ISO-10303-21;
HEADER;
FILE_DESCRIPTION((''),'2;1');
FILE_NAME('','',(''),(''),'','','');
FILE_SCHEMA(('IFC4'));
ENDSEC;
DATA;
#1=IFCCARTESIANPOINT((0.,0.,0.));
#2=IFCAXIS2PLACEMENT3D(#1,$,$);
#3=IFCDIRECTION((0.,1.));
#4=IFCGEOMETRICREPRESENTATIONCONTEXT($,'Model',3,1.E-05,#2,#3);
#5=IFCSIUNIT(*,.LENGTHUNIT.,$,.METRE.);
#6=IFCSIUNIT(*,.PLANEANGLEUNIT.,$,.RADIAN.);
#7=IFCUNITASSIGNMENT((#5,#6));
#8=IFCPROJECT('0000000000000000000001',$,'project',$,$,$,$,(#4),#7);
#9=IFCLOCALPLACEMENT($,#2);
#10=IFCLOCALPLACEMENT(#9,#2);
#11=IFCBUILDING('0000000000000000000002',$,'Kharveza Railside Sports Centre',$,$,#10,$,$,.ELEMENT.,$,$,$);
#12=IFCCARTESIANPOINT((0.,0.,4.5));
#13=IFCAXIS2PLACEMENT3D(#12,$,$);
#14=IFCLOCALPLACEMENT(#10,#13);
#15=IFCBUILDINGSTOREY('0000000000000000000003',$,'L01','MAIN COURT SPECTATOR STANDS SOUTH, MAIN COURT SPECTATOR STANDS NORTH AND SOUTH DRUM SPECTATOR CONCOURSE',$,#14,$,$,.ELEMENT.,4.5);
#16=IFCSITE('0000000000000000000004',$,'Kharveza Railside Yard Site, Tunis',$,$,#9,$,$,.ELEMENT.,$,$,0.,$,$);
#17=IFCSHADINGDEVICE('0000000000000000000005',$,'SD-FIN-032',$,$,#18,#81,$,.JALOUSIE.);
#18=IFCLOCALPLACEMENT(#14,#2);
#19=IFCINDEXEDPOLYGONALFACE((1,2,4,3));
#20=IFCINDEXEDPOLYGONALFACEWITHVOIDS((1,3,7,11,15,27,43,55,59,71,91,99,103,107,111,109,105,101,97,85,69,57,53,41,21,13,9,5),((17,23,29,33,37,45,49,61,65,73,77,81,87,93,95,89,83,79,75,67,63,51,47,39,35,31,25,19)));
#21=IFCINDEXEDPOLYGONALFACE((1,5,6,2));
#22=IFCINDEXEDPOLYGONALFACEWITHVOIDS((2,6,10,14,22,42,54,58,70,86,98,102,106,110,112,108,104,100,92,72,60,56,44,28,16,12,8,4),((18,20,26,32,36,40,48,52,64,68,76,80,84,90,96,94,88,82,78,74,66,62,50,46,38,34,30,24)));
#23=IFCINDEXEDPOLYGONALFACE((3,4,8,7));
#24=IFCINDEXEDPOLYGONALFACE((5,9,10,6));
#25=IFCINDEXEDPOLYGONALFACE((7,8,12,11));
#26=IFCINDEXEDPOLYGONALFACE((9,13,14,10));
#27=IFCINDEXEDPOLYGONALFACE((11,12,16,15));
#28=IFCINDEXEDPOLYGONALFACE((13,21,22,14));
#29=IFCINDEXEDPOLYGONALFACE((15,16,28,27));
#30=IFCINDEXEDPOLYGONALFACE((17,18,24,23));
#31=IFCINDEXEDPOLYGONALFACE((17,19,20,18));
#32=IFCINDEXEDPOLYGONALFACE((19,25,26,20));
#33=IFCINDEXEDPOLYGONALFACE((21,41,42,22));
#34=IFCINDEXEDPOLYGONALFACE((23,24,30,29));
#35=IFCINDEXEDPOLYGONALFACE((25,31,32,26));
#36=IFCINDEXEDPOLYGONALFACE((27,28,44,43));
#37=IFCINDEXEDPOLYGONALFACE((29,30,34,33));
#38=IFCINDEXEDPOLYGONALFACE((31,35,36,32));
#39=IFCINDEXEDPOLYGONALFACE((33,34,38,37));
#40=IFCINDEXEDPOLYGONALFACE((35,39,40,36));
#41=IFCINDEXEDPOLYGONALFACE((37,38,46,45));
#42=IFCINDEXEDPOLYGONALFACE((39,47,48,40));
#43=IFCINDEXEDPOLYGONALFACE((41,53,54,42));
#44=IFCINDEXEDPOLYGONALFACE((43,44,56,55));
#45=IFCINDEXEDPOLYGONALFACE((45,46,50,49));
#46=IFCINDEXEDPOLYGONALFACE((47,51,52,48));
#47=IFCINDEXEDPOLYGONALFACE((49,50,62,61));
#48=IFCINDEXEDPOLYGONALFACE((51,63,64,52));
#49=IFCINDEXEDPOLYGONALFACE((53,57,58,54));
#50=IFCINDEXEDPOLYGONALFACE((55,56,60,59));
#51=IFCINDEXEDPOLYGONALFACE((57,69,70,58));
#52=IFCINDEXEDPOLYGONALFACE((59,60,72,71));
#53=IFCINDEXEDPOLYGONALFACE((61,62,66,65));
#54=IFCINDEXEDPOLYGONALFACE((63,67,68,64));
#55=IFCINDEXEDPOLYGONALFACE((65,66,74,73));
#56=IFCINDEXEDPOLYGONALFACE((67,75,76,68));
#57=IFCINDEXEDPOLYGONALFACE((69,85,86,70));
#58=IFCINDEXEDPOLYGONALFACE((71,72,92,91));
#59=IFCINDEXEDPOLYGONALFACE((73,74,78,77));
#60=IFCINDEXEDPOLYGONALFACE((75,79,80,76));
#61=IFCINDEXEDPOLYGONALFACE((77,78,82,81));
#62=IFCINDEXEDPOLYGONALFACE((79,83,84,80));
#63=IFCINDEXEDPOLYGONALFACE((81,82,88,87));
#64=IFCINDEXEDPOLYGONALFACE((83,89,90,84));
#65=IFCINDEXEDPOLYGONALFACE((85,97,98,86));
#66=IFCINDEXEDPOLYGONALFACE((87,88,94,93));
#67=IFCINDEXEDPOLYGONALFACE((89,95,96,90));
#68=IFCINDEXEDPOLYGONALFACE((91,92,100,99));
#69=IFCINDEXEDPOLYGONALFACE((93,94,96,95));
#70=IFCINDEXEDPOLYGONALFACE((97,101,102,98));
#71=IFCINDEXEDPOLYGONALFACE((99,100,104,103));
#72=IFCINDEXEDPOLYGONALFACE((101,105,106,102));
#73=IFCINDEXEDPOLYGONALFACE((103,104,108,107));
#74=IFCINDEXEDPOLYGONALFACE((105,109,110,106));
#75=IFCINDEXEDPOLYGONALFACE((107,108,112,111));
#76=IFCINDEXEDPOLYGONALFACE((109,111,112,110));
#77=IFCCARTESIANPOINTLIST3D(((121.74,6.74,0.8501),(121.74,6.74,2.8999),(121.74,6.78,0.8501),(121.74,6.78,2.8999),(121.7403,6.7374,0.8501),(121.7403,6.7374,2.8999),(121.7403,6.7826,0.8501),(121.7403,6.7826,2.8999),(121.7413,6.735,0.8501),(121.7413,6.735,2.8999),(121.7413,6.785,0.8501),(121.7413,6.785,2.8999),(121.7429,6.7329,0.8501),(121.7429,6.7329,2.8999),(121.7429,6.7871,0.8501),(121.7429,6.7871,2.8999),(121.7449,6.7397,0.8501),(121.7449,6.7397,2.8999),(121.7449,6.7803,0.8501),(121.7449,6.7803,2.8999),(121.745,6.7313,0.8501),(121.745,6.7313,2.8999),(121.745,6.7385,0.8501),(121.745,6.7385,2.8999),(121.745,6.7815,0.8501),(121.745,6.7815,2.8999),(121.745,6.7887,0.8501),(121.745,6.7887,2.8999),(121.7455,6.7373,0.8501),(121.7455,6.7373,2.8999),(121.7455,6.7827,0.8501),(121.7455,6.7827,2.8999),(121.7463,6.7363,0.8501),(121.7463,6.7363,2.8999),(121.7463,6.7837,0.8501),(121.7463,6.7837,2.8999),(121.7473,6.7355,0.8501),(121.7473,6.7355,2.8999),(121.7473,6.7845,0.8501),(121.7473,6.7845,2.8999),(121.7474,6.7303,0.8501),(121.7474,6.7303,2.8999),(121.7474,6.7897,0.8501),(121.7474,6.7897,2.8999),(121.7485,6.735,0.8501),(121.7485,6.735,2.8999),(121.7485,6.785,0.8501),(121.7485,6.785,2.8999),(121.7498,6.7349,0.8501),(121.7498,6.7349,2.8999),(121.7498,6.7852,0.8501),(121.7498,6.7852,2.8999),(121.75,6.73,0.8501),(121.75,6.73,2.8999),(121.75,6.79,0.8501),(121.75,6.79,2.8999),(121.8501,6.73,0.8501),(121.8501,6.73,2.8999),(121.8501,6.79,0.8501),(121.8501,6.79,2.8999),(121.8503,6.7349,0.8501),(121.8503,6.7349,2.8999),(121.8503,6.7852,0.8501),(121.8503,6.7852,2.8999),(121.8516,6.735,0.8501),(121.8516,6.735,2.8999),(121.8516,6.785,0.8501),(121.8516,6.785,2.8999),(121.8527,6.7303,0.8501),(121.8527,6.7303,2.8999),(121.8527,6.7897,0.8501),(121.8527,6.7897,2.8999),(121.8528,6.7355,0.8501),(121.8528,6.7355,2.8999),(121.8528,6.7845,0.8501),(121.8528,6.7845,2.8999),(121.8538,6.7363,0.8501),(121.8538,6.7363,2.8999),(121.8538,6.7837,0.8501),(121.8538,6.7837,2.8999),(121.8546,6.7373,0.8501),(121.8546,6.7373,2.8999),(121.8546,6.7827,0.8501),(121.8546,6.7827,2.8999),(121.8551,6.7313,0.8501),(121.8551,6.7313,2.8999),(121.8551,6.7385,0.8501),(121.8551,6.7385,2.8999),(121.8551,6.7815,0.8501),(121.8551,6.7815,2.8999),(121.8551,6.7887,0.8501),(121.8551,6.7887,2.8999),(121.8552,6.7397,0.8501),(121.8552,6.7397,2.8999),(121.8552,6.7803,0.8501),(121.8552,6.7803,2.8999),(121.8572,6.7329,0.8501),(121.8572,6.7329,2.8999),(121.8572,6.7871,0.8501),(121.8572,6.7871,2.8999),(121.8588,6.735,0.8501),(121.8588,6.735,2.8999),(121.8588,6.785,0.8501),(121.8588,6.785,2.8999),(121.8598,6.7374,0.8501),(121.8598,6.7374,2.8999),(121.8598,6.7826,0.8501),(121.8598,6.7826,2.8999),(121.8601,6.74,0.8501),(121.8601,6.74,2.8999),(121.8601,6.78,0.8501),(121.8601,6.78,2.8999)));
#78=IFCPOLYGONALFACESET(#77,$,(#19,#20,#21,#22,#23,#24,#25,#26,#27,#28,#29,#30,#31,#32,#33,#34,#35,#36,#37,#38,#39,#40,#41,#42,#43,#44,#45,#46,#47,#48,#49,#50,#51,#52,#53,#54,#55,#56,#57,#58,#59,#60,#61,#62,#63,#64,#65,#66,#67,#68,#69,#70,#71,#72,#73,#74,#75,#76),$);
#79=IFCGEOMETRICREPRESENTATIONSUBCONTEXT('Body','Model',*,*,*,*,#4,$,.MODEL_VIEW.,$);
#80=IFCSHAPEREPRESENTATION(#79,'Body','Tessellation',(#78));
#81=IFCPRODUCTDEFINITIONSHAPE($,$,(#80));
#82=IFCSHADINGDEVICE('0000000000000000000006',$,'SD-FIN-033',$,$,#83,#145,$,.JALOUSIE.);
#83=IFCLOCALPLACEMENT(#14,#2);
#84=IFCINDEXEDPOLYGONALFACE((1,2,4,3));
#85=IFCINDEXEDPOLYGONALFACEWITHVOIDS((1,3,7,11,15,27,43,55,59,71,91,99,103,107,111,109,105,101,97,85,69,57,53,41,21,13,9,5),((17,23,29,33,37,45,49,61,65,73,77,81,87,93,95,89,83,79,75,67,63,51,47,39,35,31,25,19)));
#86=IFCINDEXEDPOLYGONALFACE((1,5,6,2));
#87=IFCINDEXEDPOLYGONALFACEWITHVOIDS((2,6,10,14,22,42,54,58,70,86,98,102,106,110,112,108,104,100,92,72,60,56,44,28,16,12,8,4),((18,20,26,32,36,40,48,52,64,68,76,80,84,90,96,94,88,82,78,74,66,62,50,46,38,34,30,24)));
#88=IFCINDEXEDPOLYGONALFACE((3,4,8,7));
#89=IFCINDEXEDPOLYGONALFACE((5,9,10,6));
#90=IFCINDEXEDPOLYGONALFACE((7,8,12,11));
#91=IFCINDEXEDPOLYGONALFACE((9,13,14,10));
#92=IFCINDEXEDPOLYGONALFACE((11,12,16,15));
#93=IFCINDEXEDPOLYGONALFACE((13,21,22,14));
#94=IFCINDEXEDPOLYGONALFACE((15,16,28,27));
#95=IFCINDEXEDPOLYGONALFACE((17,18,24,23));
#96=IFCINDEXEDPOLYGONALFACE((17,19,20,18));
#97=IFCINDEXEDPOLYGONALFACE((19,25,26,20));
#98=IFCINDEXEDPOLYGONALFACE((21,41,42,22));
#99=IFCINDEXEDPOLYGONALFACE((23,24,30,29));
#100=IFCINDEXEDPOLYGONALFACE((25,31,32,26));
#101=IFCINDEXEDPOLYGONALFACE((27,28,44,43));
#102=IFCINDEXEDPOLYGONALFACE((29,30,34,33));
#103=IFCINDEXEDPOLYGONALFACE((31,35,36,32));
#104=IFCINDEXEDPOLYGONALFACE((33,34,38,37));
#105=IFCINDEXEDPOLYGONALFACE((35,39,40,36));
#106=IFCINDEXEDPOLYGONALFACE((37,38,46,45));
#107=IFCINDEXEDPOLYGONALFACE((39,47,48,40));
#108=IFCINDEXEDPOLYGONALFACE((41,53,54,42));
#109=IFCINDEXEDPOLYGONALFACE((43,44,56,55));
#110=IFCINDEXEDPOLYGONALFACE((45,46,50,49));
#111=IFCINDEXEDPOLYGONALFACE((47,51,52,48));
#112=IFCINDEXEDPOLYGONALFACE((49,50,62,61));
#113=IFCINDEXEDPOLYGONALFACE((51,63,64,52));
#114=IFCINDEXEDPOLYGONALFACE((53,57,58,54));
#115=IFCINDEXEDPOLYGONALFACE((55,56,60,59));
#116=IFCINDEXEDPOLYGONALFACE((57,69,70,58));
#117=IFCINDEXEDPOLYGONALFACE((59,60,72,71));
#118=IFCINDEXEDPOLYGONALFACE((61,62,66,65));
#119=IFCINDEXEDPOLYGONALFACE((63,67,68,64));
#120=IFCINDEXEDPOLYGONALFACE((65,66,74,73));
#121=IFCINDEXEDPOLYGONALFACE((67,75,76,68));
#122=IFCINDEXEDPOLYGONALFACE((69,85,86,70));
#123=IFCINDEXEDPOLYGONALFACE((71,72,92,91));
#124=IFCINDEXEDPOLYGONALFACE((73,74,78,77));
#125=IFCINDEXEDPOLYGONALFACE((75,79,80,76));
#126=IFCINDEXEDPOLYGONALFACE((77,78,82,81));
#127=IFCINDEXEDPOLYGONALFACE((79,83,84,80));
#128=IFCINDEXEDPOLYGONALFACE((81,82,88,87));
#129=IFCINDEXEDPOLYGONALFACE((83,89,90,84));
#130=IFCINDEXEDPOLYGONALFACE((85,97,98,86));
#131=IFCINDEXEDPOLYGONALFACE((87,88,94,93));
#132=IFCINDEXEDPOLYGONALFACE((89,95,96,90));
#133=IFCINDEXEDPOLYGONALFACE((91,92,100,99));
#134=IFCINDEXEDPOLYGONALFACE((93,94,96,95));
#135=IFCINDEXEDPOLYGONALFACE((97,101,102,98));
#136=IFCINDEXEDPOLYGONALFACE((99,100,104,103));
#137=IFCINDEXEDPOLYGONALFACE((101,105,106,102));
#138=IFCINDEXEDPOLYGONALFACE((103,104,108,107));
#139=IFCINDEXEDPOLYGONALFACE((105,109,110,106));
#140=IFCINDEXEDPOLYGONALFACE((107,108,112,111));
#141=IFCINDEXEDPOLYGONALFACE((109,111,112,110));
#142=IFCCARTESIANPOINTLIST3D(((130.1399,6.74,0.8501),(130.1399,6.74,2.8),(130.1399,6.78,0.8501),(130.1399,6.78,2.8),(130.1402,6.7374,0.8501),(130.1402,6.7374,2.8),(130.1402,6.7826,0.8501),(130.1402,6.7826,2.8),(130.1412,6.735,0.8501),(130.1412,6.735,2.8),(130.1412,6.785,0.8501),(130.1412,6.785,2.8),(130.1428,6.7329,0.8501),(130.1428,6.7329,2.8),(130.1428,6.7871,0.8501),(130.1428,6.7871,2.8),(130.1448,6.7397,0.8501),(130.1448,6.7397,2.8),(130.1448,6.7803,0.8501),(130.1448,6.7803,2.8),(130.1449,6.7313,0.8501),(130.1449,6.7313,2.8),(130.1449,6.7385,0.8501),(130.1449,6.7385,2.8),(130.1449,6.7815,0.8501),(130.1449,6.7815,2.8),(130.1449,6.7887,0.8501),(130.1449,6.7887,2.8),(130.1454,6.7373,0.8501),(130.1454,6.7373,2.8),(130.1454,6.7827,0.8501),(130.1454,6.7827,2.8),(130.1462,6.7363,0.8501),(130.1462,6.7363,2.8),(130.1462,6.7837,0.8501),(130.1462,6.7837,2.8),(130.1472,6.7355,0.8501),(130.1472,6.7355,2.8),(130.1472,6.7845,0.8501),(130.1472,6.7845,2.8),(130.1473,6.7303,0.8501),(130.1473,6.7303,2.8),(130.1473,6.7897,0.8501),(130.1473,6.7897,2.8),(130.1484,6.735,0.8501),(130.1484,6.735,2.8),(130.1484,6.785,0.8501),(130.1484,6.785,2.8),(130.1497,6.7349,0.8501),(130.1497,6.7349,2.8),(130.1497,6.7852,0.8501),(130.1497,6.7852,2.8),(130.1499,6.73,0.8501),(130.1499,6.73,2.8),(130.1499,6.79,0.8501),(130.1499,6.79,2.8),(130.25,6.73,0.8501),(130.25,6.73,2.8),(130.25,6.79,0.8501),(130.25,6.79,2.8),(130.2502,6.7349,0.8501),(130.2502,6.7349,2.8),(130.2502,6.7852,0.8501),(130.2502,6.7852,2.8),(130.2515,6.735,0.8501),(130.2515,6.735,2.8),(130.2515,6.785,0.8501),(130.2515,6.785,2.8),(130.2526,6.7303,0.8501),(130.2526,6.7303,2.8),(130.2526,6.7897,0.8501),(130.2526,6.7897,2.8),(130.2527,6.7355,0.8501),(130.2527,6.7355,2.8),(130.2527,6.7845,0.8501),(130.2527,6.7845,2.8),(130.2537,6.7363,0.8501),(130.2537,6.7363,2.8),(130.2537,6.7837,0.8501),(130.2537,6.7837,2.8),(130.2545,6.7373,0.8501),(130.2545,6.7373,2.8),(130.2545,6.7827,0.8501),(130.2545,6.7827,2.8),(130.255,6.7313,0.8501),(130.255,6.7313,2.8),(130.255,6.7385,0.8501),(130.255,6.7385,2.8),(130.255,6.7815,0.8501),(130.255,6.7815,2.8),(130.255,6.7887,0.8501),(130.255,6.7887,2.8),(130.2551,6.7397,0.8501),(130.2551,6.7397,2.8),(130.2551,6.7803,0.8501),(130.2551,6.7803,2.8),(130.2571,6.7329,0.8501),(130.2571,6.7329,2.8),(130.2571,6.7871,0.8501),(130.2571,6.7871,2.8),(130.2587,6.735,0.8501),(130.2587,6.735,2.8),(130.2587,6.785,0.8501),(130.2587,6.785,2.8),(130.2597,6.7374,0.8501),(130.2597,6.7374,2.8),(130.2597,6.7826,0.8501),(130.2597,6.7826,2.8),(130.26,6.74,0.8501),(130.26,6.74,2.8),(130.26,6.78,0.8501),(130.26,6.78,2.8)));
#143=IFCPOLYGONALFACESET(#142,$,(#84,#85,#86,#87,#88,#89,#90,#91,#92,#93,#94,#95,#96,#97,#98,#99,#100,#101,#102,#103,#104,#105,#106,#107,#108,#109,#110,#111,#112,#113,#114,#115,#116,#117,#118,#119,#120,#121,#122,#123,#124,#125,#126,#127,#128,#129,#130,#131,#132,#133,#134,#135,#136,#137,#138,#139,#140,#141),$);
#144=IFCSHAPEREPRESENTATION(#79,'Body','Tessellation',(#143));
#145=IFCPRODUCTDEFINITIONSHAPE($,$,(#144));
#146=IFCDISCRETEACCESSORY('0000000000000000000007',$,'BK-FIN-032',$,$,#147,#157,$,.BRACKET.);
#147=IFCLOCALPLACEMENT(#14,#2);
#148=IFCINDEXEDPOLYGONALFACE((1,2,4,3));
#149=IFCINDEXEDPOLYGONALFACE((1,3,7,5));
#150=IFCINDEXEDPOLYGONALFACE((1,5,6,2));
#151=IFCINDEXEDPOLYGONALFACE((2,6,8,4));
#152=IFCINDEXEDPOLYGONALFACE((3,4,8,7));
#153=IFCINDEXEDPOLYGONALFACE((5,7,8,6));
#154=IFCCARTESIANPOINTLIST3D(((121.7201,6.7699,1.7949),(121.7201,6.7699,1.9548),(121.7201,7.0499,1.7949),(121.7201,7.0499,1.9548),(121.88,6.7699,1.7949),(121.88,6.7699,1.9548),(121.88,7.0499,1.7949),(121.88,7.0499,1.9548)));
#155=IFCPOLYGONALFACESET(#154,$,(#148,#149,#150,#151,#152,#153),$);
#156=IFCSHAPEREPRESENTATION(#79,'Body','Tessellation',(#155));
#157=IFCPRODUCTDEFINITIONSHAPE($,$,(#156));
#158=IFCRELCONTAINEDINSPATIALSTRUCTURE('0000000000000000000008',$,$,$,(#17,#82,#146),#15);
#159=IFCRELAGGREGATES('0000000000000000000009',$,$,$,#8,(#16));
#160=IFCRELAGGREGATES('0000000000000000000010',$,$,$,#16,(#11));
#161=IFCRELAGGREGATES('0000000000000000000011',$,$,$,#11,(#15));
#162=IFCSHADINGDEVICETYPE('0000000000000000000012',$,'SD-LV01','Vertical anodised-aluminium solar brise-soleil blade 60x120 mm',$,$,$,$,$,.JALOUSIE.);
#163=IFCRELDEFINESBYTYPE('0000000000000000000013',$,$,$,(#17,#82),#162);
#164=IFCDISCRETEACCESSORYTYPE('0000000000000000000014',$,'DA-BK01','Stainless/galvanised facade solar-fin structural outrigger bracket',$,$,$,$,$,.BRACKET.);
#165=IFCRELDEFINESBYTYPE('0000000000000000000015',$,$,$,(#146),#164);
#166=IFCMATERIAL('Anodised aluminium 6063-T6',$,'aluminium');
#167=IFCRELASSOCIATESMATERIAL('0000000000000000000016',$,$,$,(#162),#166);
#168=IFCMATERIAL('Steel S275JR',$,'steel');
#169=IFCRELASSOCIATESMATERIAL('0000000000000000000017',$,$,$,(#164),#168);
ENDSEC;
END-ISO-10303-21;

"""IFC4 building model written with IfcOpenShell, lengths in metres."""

from ifc_helpers import new_model, si_unit, direction, frame, origin, origin_2d, place, context, subcontext, project, spatial, rectangle, hollow_rectangle, extrude, material, material_profile, profile_set, type_object, element, save


model = new_model("IFC4")

# Units and contexts
model_context = context("Model", 3, precision=1e-05, world=origin(), true_north=direction((0.0, 1.0)))
body_context = subcontext(model_context, "Body", "Model", "MODEL_VIEW")
ifc_project = project(units=[si_unit("LENGTHUNIT", "METRE"), si_unit("PLANEANGLEUNIT", "RADIAN")], contexts=[model_context])

# Site, building, storey
site_placement = place(None, origin())
site = spatial("IfcSite", under=ifc_project, at=site_placement, Name="Kharveza Railside Yard Site, Tunis", CompositionType="ELEMENT", RefElevation=0.0)
building_placement = place(site_placement, origin())
building = spatial("IfcBuilding", under=site, at=building_placement, Name="Kharveza Railside Sports Centre", CompositionType="ELEMENT")
storey_placement = place(building_placement, frame((0.0, 0.0, 4.5)))
storey = spatial("IfcBuildingStorey", under=building, at=storey_placement, Name="L01", Description="MAIN COURT SPECTATOR STANDS SOUTH, MAIN COURT SPECTATOR STANDS NORTH AND SOUTH DRUM SPECTATOR CONCOURSE", CompositionType="ELEMENT", Elevation=4.5)

# Shared definitions
ifc_material_1 = material(Name="Steel S275JR", Category="steel")

# Shading devices
ifc_material_2 = material(Name="Anodised aluminium 6063-T6", Category="aluminium")
ifc_material_profile_1 = material_profile(ifc_material_2, hollow_rectangle(XDim=0.0601, YDim=0.1201, WallThickness=0.0049, InnerFilletRadius=0.0049, OuterFilletRadius=0.01, at=origin_2d()), Name="RHS 60x120x5.0")
ifc_profile_set_1 = profile_set([ifc_material_profile_1], Name="Anodised aluminium 6063-T6")
shading_device_type = type_object("IfcShadingDeviceType", Name="SD-LV01", Description="Vertical anodised-aluminium solar brise-soleil blade 60x120 mm", PredefinedType="JALOUSIE", material=ifc_profile_set_1)
shading_device_1_placement = place(storey_placement, frame((121.8, 6.76, 0.8501), z_axis=(0.0, 0.0, 1.0), x_axis=(0.0, -1.0, 0.0)))
element("IfcShadingDevice", 1, at=shading_device_1_placement, inside=storey, type_object=shading_device_type, Name="SD-FIN-032", PredefinedType="JALOUSIE", context=body_context, shape_type="SweptSolid", body=[
    extrude(hollow_rectangle(XDim=0.0601, YDim=0.1201, WallThickness=0.0049, InnerFilletRadius=0.0049, OuterFilletRadius=0.01, at=origin_2d()), origin(), (0.0, 0.0, 1.0), 2.0498),
])
shading_device_2_placement = place(storey_placement, frame((130.2, 6.76, 0.8501), z_axis=(0.0, 0.0, 1.0), x_axis=(0.0, -1.0, 0.0)))
element("IfcShadingDevice", 2, at=shading_device_2_placement, inside=storey, type_object=shading_device_type, Name="SD-FIN-033", PredefinedType="JALOUSIE", context=body_context, shape_type="SweptSolid", body=[
    extrude(hollow_rectangle(XDim=0.0601, YDim=0.1201, WallThickness=0.0049, InnerFilletRadius=0.0049, OuterFilletRadius=0.01, at=origin_2d()), origin(), (0.0, 0.0, 1.0), 1.95),
])

# Discrete accessory
discrete_accessory_type = type_object("IfcDiscreteAccessoryType", Name="DA-BK01", Description="Stainless/galvanised facade solar-fin structural outrigger bracket", PredefinedType="BRACKET", material=ifc_material_1)
discrete_accessory_placement = place(storey_placement, frame((121.8, 6.9099, 1.7949), z_axis=(0.0, 0.0, 1.0), x_axis=(0.0, -1.0, 0.0)))
element("IfcDiscreteAccessory", 3, at=discrete_accessory_placement, inside=storey, type_object=discrete_accessory_type, Name="BK-FIN-032", PredefinedType="BRACKET", context=body_context, shape_type="SweptSolid", body=[
    extrude(rectangle(XDim=0.28, YDim=0.1599, at=origin_2d()), origin(), (0.0, 0.0, 1.0), 0.1599),
])

save(model, "model.ifc")
